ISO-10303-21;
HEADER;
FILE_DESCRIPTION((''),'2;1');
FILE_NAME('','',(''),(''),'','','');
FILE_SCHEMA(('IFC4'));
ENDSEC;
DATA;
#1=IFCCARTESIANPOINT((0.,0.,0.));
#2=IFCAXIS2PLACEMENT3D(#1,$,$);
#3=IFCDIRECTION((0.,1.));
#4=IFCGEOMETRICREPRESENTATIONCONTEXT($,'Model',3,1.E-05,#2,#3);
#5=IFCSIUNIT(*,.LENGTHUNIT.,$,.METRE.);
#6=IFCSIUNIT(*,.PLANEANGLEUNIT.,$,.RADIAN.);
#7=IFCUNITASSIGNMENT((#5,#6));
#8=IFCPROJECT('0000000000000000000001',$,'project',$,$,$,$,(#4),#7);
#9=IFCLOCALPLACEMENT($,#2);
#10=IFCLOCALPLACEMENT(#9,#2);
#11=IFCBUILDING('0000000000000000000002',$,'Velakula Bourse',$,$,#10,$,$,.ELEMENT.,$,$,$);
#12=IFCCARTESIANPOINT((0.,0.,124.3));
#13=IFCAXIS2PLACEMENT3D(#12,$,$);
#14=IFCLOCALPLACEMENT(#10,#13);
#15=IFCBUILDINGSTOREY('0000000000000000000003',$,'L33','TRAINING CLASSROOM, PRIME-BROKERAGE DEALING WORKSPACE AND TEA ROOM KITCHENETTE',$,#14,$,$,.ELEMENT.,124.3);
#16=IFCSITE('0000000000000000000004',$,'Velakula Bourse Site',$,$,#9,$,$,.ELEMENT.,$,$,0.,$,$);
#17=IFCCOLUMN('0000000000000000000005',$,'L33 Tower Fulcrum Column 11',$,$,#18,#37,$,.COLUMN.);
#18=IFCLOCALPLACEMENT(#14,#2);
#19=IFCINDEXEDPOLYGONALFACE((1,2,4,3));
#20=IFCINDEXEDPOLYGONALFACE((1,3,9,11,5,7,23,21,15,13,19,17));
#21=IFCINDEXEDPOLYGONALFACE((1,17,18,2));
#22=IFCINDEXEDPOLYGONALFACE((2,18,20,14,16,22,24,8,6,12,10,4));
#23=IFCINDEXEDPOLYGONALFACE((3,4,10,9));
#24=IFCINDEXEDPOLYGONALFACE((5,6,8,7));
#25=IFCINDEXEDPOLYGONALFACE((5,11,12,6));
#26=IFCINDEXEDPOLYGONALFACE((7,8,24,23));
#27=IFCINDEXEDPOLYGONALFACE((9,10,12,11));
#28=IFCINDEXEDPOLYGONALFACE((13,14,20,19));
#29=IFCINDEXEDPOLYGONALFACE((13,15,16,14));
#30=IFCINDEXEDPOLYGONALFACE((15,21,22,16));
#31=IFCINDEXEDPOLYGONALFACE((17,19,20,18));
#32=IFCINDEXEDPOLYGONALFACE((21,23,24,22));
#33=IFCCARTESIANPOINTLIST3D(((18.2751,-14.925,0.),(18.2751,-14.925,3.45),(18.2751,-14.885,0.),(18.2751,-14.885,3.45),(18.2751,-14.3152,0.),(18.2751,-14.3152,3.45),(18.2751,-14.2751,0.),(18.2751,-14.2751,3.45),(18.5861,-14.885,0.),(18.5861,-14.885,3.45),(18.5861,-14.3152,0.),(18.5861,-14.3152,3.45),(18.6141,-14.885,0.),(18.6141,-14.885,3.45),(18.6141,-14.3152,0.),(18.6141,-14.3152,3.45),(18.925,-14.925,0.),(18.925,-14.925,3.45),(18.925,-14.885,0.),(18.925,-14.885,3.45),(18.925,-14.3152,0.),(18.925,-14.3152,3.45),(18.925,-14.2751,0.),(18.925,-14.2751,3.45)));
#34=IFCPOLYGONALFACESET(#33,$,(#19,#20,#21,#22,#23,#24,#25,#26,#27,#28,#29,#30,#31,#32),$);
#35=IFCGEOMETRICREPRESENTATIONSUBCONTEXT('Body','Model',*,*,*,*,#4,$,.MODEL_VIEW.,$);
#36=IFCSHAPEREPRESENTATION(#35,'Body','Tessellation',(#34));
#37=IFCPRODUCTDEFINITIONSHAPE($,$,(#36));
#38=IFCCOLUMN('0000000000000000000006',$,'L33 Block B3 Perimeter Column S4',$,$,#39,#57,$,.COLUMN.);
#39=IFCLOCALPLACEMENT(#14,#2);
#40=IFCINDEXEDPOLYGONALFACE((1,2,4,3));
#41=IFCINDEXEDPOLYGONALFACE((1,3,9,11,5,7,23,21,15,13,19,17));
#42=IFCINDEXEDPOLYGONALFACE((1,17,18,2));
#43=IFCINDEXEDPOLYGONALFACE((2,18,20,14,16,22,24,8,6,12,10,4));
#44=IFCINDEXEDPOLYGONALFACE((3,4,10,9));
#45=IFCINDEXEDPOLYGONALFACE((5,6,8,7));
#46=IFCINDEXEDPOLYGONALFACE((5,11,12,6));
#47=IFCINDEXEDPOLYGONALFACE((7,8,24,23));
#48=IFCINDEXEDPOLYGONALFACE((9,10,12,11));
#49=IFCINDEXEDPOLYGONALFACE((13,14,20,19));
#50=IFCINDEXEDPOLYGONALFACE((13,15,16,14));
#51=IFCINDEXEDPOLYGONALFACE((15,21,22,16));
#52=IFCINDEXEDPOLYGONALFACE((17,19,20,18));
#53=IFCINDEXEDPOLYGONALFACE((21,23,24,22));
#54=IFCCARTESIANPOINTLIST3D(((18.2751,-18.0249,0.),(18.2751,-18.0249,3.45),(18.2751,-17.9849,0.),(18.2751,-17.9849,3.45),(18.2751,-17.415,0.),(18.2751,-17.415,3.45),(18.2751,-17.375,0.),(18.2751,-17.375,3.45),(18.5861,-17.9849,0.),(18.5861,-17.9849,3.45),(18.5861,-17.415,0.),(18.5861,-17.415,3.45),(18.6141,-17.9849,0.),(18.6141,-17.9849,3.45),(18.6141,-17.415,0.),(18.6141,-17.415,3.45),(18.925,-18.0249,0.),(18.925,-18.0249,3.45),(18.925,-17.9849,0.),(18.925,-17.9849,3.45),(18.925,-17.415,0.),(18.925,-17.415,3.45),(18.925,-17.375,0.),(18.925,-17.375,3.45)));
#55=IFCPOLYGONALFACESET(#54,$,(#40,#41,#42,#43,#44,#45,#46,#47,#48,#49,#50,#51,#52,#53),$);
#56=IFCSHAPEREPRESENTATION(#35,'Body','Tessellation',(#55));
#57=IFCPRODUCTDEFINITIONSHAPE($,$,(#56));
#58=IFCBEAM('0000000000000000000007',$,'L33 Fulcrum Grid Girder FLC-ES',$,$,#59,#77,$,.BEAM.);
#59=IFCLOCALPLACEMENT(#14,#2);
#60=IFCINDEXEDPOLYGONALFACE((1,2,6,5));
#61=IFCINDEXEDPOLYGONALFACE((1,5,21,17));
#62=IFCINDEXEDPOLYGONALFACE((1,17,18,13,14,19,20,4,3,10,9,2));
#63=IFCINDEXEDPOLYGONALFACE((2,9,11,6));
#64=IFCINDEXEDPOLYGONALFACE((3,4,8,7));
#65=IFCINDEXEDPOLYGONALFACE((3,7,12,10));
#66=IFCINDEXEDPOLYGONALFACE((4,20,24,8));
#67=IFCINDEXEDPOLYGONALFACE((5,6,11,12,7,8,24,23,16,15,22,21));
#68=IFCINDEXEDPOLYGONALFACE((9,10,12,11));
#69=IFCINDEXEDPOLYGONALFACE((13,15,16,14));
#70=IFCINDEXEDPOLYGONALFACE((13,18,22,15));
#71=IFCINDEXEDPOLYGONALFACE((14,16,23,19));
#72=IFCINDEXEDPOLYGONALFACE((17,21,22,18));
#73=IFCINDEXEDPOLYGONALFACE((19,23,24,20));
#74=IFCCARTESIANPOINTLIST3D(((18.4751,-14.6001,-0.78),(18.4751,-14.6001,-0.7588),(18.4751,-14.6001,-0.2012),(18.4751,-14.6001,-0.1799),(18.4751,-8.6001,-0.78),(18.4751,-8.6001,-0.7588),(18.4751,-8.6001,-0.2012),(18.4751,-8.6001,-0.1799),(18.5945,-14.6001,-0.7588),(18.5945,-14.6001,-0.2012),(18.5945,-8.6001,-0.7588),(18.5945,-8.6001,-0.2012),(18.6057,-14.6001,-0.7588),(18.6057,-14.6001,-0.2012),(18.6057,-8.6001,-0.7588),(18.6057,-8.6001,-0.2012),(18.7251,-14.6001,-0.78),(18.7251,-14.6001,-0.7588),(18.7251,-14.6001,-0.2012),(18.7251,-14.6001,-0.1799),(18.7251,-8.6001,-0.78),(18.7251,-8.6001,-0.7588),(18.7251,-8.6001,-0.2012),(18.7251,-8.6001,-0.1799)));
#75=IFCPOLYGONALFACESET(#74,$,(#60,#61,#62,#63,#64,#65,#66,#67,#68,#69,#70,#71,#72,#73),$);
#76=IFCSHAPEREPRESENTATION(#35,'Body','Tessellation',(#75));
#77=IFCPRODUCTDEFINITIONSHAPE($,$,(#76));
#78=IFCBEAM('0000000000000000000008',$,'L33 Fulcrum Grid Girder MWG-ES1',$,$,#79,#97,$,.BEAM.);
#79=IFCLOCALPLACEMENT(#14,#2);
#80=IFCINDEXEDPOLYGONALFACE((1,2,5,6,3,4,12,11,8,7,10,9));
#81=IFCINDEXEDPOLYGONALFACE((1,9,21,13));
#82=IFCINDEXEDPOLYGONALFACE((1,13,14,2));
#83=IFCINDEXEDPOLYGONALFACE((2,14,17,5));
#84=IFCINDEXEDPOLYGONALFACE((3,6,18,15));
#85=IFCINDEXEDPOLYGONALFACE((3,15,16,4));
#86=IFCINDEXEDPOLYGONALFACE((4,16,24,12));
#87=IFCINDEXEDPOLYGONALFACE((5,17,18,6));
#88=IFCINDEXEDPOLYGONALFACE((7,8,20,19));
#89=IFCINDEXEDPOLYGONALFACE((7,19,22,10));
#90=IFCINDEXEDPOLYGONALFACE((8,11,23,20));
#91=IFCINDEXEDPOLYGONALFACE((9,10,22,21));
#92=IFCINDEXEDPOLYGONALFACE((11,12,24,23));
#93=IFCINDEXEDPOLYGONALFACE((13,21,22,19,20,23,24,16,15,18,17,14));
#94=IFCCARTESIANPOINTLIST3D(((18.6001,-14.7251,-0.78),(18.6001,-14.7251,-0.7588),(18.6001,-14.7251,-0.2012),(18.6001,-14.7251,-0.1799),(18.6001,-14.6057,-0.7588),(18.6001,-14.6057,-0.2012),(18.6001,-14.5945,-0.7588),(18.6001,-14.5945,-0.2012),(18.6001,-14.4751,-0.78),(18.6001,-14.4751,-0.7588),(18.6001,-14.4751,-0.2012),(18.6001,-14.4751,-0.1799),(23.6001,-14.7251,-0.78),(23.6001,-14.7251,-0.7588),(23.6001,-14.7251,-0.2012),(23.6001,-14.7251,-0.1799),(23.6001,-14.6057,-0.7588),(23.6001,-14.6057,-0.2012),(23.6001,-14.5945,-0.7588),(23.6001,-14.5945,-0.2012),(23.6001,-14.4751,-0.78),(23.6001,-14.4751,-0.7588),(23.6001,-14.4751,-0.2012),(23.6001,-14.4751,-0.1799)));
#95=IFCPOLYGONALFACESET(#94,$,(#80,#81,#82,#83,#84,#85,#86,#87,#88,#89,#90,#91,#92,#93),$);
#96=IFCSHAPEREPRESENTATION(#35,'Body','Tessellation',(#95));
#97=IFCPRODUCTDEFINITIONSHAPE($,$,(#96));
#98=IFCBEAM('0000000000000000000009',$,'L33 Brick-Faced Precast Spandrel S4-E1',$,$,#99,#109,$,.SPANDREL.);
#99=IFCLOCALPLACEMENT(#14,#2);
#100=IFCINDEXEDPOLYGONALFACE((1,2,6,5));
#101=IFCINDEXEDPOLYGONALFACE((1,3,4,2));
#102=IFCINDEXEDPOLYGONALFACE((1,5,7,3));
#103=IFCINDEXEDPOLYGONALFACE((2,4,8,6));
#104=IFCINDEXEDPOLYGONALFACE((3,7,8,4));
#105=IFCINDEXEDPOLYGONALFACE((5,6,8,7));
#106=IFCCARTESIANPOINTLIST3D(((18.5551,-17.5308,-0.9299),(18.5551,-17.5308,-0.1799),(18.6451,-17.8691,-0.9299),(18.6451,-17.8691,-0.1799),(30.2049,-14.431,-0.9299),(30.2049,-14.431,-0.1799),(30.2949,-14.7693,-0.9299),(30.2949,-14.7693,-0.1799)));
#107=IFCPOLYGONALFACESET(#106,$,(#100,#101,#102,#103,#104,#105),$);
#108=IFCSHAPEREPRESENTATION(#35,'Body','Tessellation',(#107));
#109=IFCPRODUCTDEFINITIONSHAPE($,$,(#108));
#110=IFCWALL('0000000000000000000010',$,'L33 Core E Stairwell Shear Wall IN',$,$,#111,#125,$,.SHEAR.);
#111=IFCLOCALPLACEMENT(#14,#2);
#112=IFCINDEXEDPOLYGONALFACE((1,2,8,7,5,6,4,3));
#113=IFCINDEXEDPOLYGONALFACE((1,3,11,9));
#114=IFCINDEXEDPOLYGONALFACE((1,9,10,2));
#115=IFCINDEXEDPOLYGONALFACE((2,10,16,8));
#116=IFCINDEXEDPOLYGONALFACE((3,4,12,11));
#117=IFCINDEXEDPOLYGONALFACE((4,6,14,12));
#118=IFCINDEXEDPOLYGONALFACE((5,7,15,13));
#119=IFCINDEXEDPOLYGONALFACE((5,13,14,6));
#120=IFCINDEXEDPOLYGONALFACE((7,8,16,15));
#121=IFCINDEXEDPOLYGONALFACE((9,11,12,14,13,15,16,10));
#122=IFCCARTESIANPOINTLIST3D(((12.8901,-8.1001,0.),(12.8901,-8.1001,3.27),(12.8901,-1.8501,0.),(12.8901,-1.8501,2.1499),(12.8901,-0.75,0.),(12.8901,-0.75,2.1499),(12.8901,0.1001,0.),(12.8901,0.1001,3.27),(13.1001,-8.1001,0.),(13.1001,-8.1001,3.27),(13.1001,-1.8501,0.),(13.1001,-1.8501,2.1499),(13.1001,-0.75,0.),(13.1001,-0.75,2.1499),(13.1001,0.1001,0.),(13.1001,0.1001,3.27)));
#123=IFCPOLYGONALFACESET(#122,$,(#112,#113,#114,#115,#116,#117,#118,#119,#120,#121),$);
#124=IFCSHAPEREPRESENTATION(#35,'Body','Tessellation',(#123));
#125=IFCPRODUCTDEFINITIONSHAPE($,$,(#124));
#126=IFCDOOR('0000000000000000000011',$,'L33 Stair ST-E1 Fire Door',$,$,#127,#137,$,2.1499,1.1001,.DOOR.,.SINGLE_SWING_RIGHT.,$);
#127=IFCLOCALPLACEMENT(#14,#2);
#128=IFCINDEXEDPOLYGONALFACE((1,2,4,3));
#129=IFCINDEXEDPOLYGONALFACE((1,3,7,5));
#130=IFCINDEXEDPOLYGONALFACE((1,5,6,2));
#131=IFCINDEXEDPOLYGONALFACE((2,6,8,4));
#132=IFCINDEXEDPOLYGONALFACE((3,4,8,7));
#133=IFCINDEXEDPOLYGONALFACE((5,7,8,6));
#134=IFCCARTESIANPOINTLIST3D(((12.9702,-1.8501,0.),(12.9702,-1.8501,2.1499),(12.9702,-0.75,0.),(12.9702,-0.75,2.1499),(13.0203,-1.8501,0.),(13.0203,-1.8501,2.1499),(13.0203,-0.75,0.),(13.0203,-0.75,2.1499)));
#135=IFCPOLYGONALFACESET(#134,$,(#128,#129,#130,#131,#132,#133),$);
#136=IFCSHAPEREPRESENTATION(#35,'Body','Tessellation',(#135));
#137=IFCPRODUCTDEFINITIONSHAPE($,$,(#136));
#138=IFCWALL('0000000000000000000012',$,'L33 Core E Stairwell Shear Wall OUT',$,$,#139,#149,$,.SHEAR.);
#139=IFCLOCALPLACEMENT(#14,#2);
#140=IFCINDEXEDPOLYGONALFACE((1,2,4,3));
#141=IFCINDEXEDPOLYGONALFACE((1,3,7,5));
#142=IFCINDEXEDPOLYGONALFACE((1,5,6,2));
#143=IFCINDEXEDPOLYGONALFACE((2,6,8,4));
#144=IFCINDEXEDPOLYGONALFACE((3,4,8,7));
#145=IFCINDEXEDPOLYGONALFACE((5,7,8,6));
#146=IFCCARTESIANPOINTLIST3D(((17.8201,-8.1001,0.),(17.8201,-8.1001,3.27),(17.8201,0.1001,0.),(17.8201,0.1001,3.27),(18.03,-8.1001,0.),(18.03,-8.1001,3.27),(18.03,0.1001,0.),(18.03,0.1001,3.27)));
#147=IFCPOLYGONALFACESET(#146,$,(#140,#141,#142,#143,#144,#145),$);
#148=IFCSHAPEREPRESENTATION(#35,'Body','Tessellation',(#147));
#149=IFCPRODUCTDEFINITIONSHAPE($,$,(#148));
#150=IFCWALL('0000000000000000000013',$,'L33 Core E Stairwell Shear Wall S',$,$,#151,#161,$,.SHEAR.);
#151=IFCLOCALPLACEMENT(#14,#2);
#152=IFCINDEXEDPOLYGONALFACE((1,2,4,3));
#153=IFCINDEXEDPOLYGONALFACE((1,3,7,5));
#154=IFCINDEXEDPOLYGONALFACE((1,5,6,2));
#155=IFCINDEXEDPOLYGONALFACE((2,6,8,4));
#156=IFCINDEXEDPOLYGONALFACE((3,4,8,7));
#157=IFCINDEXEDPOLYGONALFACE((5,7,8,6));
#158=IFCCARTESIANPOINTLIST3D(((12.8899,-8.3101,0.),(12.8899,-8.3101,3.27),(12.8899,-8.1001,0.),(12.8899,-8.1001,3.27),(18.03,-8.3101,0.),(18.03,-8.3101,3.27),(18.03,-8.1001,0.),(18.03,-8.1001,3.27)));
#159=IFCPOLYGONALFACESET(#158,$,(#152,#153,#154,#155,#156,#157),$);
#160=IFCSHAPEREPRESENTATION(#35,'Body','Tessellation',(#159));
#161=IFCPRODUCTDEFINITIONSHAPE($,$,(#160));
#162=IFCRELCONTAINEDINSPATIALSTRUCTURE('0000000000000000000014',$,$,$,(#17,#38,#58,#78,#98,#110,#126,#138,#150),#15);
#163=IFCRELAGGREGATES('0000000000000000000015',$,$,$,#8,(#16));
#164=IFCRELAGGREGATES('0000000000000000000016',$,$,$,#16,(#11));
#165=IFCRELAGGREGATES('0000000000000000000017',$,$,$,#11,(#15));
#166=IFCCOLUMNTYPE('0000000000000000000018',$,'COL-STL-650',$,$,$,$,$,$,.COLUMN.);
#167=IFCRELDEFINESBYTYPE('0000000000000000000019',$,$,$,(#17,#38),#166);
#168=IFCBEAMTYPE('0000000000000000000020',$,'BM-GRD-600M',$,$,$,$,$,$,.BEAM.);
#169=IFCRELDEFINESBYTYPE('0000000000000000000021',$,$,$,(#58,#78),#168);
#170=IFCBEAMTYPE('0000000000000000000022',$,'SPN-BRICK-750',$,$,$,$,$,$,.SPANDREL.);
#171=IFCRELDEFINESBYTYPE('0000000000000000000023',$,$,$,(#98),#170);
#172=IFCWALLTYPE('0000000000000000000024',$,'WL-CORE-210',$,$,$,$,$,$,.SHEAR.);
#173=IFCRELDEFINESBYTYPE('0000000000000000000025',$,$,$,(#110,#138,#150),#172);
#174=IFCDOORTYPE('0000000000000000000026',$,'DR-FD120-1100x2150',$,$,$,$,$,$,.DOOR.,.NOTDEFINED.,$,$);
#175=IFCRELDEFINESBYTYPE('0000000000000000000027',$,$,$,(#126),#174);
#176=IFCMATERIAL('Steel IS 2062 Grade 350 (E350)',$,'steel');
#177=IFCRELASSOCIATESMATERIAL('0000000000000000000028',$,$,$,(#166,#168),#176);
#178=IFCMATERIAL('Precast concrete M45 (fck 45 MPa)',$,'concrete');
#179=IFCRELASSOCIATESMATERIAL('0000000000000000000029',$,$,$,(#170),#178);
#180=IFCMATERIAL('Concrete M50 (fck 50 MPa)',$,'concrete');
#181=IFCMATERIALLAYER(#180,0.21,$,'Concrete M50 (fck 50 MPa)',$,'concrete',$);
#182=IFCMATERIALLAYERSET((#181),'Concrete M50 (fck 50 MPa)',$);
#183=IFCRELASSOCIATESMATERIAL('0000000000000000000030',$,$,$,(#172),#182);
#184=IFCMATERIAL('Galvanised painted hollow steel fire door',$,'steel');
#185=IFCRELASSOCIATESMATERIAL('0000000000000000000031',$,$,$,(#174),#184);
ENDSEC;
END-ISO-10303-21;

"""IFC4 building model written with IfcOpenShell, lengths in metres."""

from ifc_helpers import new_model, si_unit, direction, frame, frame_2d, origin, origin_2d, place, context, subcontext, project, spatial, rectangle, i_section, extrude, material, layer, layer_set, material_profile, profile_set, type_object, element, fill, save


model = new_model("IFC4")

# Units and contexts
model_context = context("Model", 3, precision=1e-05, world=origin(), true_north=direction((0.0, 1.0)))
body_context = subcontext(model_context, "Body", "Model", "MODEL_VIEW")
ifc_project = project(units=[si_unit("LENGTHUNIT", "METRE"), si_unit("PLANEANGLEUNIT", "RADIAN")], contexts=[model_context])

# Site, building, storey
site_placement = place(None, origin())
site = spatial("IfcSite", under=ifc_project, at=site_placement, Name="Velakula Bourse Site", CompositionType="ELEMENT", RefElevation=0.0)
building_placement = place(site_placement, origin())
building = spatial("IfcBuilding", under=site, at=building_placement, Name="Velakula Bourse", CompositionType="ELEMENT")
storey_placement = place(building_placement, frame((0.0, 0.0, 124.3)))
storey = spatial("IfcBuildingStorey", under=building, at=storey_placement, Name="L33", Description="TRAINING CLASSROOM, PRIME-BROKERAGE DEALING WORKSPACE AND TEA ROOM KITCHENETTE", CompositionType="ELEMENT", Elevation=124.3)

# Columns
ifc_material_1 = material(Name="Steel IS 2062 Grade 350 (E350)", Category="steel")
ifc_material_profile_1 = material_profile(ifc_material_1, i_section(OverallWidth=0.6499, OverallDepth=0.6499, WebThickness=0.0281, FlangeThickness=0.04, at=origin_2d()), Name="Steel IS 2062 Grade 350 (E350)")
ifc_profile_set_1 = profile_set([ifc_material_profile_1], Name="Steel IS 2062 Grade 350 (E350)")
column_type = type_object("IfcColumnType", Name="COL-STL-650", PredefinedType="COLUMN", material=ifc_profile_set_1)
for number, where, z_axis, x_axis, name in (
    (1, (18.6001, -14.6001, 0.0), (0.0, 0.0, 1.0), (1.0, 0.0, 0.0), "L33 Tower Fulcrum Column 11"),
    (2, (18.6001, -17.7, 0.0), (0.0, 0.0, 1.0), (1.0, 0.0, 0.0), "L33 Block B3 Perimeter Column S4"),
):
    element("IfcColumn", number, at=place(storey_placement, frame(where, z_axis=z_axis, x_axis=x_axis)), inside=storey, type_object=column_type, Name=name, PredefinedType="COLUMN", context=body_context, shape_type="SweptSolid", body=[
        extrude(i_section(OverallWidth=0.6499, OverallDepth=0.6499, WebThickness=0.0281, FlangeThickness=0.04, at=origin_2d()), origin(), (0.0, 0.0, 1.0), 3.45),
    ])

# Beams
ifc_material_profile_2 = material_profile(ifc_material_1, i_section(OverallWidth=0.25, OverallDepth=0.6001, WebThickness=0.0112, FlangeThickness=0.0212, at=origin_2d()), Name="Steel IS 2062 Grade 350 (E350)")
ifc_profile_set_2 = profile_set([ifc_material_profile_2], Name="Steel IS 2062 Grade 350 (E350)")
beam_type_1 = type_object("IfcBeamType", Name="BM-GRD-600M", PredefinedType="BEAM", material=ifc_profile_set_2)
beam_1_placement = place(storey_placement, frame((18.6001, -14.6001, -0.48), z_axis=(0.0, 1.0, 0.0), x_axis=(-1.0, 0.0, 0.0)))
element("IfcBeam", 3, at=beam_1_placement, inside=storey, type_object=beam_type_1, Name="L33 Fulcrum Grid Girder FLC-ES", PredefinedType="BEAM", context=body_context, shape_type="SweptSolid", body=[
    extrude(i_section(OverallWidth=0.25, OverallDepth=0.6001, WebThickness=0.0112, FlangeThickness=0.0212, at=origin_2d()), origin(), (0.0, 0.0, 1.0), 6.0),
])
beam_2_placement = place(storey_placement, frame((18.6001, -14.6001, -0.48), z_axis=(1.0, 0.0, 0.0), x_axis=(0.0, 1.0, 0.0)))
element("IfcBeam", 4, at=beam_2_placement, inside=storey, type_object=beam_type_1, Name="L33 Fulcrum Grid Girder MWG-ES1", PredefinedType="BEAM", context=body_context, shape_type="SweptSolid", body=[
    extrude(i_section(OverallWidth=0.25, OverallDepth=0.6001, WebThickness=0.0112, FlangeThickness=0.0212, at=origin_2d()), origin(), (0.0, 0.0, 1.0), 5.0),
])
ifc_material_2 = material(Name="Precast concrete M45 (fck 45 MPa)", Category="concrete")
ifc_material_profile_3 = material_profile(ifc_material_2, rectangle(XDim=0.3501, YDim=0.75, at=origin_2d()), Name="Precast concrete M45 (fck 45 MPa)")
ifc_profile_set_3 = profile_set([ifc_material_profile_3], Name="Precast concrete M45 (fck 45 MPa)")
beam_type_2 = type_object("IfcBeamType", Name="SPN-BRICK-750", PredefinedType="SPANDREL", material=ifc_profile_set_3)
beam_3_placement = place(storey_placement, frame((18.6001, -17.7, -0.5549), z_axis=(0.966375, 0.257137, 0.0), x_axis=(-0.257137, 0.966375, 0.0)))
element("IfcBeam", 5, at=beam_3_placement, inside=storey, type_object=beam_type_2, Name="L33 Brick-Faced Precast Spandrel S4-E1", PredefinedType="SPANDREL", context=body_context, shape_type="SweptSolid", body=[
    extrude(rectangle(XDim=0.3501, YDim=0.75, at=origin_2d()), origin(), (0.0, 0.0, 1.0), 12.0552),
])

# Wall, opening, door
ifc_material_3 = material(Name="Concrete M50 (fck 50 MPa)", Category="concrete")
ifc_layer_1 = layer(ifc_material_3, 0.21, Name="Concrete M50 (fck 50 MPa)", Category="concrete")
ifc_layer_set_1 = layer_set([ifc_layer_1], Name="Concrete M50 (fck 50 MPa)")
wall_type_1 = type_object("IfcWallType", Name="WL-CORE-210", PredefinedType="SHEAR", material=ifc_layer_set_1)
wall_1_placement = place(storey_placement, frame((12.9951, -8.1001, 0.0), z_axis=(0.0, 0.0, 1.0), x_axis=(0.0, 1.0, 0.0)))
wall_1 = element("IfcWall", 6, at=wall_1_placement, inside=storey, type_object=wall_type_1, Name="L33 Core E Stairwell Shear Wall IN", PredefinedType="SHEAR", context=body_context, shape_type="SweptSolid", body=[
    extrude(rectangle(XDim=8.2002, YDim=0.21, at=frame_2d((4.1001, 0.0))), origin(), (0.0, 0.0, 1.0), 3.27),
])
opening_1_placement = place(wall_1_placement, frame((6.25, 0.0, 0.0)))
opening_1 = element("IfcOpeningElement", 7, at=opening_1_placement, cuts=wall_1, PredefinedType="OPENING", context=body_context, shape_type="SweptSolid", body=[
    extrude(rectangle(XDim=1.1001, YDim=2.1499, at=frame_2d((0.55, 1.075))), frame((0.0, 0.115, 0.0), z_axis=(0.0, -1.0, 0.0), x_axis=(1.0, 0.0, 0.0)), (0.0, 0.0, 1.0), 0.23),
])
ifc_material_4 = material(Name="Galvanised painted hollow steel fire door", Category="steel")
door_type_1 = type_object("IfcDoorType", Name="DR-FD120-1100x2150", OperationType="NOTDEFINED", PredefinedType="DOOR", material=ifc_material_4)
door_1_placement = place(opening_1_placement, origin())
door_1 = element("IfcDoor", 8, at=door_1_placement, inside=storey, type_object=door_type_1, Name="L33 Stair ST-E1 Fire Door", OperationType="SINGLE_SWING_RIGHT", OverallHeight=2.1499, OverallWidth=1.1001, PredefinedType="DOOR", context=body_context, shape_type="SweptSolid", body=[
    extrude(rectangle(XDim=1.1001, YDim=2.1499, at=frame_2d((0.55, 1.075))), frame((0.0, 0.0249, 0.0), z_axis=(0.0, -1.0, 0.0), x_axis=(1.0, 0.0, 0.0)), (0.0, 0.0, 1.0), 0.05),
])
fill(opening_1, door_1)

# Walls
wall_2_placement = place(storey_placement, frame((17.925, -8.1001, 0.0), z_axis=(0.0, 0.0, 1.0), x_axis=(0.0, 1.0, 0.0)))
element("IfcWall", 9, at=wall_2_placement, inside=storey, type_object=wall_type_1, Name="L33 Core E Stairwell Shear Wall OUT", PredefinedType="SHEAR", context=body_context, shape_type="SweptSolid", body=[
    extrude(rectangle(XDim=8.2002, YDim=0.21, at=frame_2d((4.1001, 0.0))), origin(), (0.0, 0.0, 1.0), 3.27),
])
wall_3_placement = place(storey_placement, frame((12.8899, -8.2051, 0.0), z_axis=(0.0, 0.0, 1.0), x_axis=(1.0, 0.0, 0.0)))
element("IfcWall", 10, at=wall_3_placement, inside=storey, type_object=wall_type_1, Name="L33 Core E Stairwell Shear Wall S", PredefinedType="SHEAR", context=body_context, shape_type="SweptSolid", body=[
    extrude(rectangle(XDim=5.1401, YDim=0.21, at=frame_2d((2.5701, 0.0))), origin(), (0.0, 0.0, 1.0), 3.27),
])

save(model, "model.ifc")
